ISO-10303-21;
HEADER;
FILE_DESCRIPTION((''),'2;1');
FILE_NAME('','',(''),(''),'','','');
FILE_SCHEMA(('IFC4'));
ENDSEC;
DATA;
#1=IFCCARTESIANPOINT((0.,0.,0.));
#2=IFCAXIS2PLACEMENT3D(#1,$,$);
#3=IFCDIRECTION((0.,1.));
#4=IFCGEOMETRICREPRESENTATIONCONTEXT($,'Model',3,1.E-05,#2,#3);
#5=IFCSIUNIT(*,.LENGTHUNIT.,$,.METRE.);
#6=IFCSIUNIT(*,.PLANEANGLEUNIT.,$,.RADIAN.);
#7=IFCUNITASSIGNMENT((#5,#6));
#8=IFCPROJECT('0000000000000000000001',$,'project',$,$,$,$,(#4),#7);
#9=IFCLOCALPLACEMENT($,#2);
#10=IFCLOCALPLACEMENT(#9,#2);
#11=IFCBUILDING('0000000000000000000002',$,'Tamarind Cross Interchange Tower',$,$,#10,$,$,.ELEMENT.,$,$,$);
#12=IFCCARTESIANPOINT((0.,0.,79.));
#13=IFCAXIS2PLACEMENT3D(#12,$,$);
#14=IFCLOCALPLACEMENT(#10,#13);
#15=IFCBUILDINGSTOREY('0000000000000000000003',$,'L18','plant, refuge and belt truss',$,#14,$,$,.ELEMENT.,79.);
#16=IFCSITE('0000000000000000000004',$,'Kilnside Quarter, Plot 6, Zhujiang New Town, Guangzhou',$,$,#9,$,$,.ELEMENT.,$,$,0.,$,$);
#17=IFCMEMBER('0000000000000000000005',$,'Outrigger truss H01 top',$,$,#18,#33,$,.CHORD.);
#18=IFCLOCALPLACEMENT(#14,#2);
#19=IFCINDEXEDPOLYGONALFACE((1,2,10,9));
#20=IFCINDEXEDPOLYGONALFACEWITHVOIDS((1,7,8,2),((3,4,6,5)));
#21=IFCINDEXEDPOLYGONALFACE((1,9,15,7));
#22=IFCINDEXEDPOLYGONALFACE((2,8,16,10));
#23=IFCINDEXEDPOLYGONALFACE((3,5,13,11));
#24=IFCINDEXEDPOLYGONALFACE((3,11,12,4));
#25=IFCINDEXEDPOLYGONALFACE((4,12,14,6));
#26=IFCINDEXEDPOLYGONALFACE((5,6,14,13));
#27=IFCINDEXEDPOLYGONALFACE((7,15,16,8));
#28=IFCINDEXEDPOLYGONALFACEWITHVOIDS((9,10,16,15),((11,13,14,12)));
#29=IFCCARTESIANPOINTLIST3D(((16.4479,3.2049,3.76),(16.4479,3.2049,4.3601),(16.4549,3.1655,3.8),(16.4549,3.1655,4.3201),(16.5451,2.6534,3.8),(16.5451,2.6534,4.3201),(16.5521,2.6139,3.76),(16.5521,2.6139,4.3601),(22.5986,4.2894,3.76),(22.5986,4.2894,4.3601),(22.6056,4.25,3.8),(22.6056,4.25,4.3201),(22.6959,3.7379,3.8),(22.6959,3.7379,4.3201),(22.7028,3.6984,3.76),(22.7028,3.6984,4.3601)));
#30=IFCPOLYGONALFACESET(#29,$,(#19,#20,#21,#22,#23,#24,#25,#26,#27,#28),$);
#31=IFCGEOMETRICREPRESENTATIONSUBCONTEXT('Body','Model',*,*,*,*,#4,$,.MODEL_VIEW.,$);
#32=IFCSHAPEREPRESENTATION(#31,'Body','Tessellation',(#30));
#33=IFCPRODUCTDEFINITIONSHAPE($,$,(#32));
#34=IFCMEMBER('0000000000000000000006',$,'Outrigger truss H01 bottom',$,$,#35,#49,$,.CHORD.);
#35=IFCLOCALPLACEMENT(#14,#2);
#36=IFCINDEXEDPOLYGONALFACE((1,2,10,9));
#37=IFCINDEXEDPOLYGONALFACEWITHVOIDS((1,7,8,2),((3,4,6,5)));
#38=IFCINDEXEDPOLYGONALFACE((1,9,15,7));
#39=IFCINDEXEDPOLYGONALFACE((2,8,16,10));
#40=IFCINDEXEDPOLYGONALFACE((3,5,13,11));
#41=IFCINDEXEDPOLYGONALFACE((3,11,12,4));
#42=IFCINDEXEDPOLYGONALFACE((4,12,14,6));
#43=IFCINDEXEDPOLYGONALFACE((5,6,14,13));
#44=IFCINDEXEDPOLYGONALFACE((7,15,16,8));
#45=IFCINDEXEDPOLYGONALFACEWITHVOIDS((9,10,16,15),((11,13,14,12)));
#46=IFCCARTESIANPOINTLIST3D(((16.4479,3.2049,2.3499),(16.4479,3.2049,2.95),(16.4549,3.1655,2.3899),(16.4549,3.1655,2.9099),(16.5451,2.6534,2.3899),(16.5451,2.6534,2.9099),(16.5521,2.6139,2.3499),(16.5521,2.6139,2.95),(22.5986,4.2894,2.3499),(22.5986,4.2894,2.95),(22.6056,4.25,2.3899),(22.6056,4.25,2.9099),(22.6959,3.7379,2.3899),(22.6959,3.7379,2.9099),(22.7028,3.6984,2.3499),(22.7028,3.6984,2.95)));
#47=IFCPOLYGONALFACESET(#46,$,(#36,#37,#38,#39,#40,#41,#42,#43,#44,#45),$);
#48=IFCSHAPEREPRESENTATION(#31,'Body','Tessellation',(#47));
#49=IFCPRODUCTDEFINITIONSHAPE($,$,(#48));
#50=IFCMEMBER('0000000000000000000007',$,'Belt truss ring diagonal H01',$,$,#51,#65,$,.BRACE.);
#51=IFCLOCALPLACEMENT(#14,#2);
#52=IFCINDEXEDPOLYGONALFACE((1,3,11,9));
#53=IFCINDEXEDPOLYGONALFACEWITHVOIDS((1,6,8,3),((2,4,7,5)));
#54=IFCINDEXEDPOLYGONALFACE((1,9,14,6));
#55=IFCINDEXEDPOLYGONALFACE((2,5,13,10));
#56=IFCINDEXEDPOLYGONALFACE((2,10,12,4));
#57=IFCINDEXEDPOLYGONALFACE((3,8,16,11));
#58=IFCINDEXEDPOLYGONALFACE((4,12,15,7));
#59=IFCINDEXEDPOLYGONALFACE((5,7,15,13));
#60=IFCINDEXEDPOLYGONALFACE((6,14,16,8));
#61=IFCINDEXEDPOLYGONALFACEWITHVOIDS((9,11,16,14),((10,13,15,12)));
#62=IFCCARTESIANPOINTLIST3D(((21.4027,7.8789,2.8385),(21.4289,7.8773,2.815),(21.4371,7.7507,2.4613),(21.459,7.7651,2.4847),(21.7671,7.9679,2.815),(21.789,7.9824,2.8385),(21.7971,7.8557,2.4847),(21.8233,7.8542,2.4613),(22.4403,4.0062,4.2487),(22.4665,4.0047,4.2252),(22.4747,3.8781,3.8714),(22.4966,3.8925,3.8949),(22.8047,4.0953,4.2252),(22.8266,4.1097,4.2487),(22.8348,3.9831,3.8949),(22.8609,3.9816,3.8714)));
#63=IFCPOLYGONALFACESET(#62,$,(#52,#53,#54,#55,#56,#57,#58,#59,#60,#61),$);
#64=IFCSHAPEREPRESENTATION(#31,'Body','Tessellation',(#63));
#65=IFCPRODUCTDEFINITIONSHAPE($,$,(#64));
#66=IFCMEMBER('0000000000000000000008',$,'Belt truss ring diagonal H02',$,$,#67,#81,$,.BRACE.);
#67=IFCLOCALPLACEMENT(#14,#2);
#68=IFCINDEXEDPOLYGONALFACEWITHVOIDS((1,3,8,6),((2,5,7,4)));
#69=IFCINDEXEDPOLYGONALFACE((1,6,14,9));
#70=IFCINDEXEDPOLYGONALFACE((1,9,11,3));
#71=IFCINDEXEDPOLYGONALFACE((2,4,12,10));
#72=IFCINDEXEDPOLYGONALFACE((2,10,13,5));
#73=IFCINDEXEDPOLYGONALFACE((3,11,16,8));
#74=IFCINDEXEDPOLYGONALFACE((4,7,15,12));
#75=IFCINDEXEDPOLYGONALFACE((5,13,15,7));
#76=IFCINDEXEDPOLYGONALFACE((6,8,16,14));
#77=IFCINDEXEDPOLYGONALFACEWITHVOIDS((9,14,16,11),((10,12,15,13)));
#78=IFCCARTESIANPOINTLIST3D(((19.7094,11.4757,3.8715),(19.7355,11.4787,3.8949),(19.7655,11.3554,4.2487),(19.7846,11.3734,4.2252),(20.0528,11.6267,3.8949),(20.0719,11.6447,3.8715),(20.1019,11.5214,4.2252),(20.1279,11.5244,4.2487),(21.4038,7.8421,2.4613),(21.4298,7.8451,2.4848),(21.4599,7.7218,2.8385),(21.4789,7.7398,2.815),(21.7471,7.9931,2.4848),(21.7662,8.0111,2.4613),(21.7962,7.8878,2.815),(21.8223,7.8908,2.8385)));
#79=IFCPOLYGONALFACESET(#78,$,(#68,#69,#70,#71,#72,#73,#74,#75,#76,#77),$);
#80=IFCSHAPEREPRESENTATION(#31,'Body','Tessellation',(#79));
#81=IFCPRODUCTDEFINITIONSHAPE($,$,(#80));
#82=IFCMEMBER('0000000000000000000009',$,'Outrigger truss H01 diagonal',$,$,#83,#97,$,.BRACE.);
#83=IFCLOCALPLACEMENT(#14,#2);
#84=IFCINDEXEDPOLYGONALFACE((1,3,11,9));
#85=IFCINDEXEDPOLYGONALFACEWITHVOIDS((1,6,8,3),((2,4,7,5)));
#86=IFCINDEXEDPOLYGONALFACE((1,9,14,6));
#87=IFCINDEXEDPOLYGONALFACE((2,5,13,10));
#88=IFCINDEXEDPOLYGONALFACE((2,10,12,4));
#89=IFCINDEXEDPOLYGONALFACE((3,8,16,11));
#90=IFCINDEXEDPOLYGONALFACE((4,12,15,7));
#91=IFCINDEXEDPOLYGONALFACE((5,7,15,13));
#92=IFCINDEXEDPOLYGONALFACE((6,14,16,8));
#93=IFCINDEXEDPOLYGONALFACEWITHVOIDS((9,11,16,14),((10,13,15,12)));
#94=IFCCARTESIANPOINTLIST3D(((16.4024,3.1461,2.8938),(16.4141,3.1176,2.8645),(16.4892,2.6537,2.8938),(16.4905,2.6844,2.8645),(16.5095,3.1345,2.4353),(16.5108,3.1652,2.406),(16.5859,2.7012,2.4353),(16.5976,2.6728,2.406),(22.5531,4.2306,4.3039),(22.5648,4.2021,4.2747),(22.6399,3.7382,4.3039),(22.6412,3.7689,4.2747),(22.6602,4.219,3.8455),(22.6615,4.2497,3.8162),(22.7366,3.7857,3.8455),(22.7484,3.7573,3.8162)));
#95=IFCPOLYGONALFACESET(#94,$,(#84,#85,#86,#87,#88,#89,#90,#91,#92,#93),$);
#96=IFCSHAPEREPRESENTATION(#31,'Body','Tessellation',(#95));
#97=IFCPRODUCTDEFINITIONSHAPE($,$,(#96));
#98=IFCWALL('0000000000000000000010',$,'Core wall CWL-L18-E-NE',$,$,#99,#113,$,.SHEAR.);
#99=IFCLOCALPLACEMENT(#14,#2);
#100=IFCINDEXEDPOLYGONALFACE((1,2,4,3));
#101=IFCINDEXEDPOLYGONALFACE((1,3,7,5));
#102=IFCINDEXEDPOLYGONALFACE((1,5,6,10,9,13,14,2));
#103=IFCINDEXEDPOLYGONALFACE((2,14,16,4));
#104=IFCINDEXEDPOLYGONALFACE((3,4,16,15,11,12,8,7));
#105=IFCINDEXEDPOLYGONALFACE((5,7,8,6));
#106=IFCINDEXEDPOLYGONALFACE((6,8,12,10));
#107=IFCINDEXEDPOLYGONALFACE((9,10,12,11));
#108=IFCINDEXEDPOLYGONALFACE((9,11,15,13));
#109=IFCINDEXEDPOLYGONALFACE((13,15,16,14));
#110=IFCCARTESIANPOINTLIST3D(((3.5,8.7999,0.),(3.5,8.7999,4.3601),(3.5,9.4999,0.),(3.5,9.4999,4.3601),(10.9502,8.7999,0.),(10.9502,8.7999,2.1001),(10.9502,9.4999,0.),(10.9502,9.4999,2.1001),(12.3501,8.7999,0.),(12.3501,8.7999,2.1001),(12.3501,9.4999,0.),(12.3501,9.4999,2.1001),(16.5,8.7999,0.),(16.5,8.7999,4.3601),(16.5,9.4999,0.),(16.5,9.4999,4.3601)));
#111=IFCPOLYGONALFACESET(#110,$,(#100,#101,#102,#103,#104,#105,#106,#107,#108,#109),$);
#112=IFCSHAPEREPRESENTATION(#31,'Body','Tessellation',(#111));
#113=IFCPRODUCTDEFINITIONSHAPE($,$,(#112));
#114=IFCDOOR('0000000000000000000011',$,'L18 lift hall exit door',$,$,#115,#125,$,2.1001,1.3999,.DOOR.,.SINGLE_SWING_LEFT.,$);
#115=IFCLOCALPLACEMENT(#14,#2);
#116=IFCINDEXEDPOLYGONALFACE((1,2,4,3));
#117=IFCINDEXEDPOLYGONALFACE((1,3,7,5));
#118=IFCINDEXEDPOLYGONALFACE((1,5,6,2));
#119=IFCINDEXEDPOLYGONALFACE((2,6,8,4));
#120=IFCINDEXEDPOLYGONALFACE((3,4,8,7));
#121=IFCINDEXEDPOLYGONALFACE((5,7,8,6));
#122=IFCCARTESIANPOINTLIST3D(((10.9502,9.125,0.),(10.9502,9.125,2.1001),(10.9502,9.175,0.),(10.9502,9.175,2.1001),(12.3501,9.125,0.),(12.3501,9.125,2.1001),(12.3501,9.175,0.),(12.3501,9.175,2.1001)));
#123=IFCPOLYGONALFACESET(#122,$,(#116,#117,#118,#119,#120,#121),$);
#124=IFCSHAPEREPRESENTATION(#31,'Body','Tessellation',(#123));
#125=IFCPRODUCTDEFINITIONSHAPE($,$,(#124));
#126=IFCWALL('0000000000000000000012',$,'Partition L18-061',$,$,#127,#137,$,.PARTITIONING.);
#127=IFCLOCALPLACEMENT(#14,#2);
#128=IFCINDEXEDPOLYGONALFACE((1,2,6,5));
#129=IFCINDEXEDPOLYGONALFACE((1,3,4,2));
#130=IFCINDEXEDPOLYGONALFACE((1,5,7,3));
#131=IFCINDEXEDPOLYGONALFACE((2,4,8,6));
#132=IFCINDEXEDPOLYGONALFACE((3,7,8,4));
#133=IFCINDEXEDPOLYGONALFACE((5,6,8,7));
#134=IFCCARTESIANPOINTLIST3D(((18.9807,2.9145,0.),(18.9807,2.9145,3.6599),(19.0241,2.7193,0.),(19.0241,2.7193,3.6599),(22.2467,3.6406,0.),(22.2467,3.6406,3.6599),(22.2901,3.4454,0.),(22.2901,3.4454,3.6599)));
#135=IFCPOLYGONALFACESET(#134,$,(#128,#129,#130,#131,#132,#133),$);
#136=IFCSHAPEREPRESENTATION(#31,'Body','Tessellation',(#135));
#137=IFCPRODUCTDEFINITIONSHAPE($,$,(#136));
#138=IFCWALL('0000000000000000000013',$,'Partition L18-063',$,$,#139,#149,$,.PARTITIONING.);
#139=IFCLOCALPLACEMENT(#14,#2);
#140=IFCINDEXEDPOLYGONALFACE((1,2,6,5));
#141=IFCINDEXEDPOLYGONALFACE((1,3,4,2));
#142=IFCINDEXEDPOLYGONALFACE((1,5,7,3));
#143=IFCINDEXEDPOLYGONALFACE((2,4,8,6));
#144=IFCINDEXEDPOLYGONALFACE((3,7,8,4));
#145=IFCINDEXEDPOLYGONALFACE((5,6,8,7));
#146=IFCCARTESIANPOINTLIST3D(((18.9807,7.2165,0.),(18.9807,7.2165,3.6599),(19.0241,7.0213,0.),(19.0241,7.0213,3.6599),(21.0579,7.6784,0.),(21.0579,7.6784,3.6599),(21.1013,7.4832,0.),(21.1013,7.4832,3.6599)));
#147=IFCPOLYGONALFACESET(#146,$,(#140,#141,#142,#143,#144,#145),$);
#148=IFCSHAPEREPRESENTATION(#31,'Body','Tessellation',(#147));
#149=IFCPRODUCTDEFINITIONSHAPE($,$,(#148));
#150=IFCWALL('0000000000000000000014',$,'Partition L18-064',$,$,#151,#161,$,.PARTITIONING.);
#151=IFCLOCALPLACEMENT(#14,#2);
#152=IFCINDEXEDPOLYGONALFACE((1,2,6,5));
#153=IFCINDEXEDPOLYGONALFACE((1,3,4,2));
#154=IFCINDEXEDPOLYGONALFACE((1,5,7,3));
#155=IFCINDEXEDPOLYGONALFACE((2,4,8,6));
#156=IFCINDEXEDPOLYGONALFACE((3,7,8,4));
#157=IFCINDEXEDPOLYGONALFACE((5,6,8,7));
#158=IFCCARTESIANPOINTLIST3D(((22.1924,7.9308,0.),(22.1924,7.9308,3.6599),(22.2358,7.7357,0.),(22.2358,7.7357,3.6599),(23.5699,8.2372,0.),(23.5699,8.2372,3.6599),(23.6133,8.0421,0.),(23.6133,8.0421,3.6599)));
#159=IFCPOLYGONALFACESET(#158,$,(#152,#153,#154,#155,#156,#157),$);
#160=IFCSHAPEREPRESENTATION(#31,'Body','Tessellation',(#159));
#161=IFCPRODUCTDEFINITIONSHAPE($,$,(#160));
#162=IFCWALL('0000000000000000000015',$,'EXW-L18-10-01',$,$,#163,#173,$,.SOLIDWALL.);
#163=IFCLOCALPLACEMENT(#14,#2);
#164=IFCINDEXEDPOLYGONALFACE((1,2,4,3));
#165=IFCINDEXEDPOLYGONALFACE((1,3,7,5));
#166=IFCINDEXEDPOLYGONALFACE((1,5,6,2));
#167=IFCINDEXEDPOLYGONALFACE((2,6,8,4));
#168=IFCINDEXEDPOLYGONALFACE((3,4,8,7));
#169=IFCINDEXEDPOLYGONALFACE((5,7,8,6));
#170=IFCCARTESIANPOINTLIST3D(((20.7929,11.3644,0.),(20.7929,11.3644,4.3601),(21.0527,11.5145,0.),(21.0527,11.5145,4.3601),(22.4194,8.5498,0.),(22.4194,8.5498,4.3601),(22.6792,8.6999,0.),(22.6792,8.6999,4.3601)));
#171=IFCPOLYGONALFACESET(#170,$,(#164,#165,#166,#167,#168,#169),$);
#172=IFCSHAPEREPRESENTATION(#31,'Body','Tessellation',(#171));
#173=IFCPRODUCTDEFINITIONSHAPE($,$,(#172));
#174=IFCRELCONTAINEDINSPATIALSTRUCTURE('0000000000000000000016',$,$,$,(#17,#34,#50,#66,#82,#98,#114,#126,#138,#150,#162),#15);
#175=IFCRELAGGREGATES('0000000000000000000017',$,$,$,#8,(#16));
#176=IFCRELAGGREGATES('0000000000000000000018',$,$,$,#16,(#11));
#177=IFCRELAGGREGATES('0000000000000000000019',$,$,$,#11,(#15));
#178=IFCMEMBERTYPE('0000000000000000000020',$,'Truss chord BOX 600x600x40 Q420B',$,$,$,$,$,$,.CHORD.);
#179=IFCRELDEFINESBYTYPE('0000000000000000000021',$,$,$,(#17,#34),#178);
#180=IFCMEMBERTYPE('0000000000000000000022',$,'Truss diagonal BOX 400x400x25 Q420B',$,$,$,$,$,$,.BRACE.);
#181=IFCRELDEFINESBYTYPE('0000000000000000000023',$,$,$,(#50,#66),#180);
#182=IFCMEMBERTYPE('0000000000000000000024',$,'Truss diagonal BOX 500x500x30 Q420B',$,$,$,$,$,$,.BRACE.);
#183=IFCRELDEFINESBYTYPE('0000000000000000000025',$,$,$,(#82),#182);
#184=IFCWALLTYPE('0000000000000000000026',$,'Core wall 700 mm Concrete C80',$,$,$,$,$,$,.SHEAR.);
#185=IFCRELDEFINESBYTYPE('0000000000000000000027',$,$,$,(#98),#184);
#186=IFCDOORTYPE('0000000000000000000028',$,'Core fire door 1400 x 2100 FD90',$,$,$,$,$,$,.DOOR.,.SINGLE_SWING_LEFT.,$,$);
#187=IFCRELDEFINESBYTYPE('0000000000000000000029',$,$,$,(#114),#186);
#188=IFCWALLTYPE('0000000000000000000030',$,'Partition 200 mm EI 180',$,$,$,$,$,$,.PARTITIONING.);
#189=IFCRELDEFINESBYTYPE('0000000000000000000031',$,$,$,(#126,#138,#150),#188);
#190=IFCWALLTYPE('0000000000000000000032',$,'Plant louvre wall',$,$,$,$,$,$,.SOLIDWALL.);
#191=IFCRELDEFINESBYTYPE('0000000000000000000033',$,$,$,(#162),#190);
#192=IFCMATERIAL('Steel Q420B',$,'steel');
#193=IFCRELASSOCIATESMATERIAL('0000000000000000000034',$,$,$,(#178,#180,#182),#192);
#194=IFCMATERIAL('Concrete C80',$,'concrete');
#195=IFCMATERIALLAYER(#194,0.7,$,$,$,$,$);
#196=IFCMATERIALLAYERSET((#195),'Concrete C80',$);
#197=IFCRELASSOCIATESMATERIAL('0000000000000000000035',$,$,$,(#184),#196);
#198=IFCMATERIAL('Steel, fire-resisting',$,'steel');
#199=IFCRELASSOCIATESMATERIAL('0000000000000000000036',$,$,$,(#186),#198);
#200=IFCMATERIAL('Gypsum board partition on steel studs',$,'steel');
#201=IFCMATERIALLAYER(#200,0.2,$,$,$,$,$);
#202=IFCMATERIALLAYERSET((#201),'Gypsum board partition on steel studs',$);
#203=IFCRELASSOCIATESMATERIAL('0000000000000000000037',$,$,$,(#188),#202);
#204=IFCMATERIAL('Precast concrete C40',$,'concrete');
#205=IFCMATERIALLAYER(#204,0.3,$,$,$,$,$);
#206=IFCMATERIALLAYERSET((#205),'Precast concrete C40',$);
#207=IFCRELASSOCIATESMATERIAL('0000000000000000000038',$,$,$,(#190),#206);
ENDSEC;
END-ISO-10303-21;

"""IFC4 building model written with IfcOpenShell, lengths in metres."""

from ifc_helpers import new_model, si_unit, direction, frame, frame_2d, origin, origin_2d, place, context, subcontext, project, spatial, rectangle, hollow_rectangle, extrude, material, layer, layer_set, material_profile, profile_set, type_object, element, fill, save


model = new_model("IFC4")

# Units and contexts
model_context = context("Model", 3, precision=1e-05, world=origin(), true_north=direction((0.0, 1.0)))
body_context = subcontext(model_context, "Body", "Model", "MODEL_VIEW")
ifc_project = project(units=[si_unit("LENGTHUNIT", "METRE"), si_unit("PLANEANGLEUNIT", "RADIAN")], contexts=[model_context])

# Site, building, storey
site_placement = place(None, origin())
site = spatial("IfcSite", under=ifc_project, at=site_placement, Name="Kilnside Quarter, Plot 6, Zhujiang New Town, Guangzhou", CompositionType="ELEMENT", RefElevation=0.0)
building_placement = place(site_placement, origin())
building = spatial("IfcBuilding", under=site, at=building_placement, Name="Tamarind Cross Interchange Tower", CompositionType="ELEMENT")
storey_placement = place(building_placement, frame((0.0, 0.0, 79.0)))
storey = spatial("IfcBuildingStorey", under=building, at=storey_placement, Name="L18", Description="plant, refuge and belt truss", CompositionType="ELEMENT", Elevation=79.0)

# Members
ifc_material_1 = material(Name="Steel Q420B", Category="steel")
ifc_material_profile_1 = material_profile(ifc_material_1, hollow_rectangle(XDim=0.6001, YDim=0.6001, WallThickness=0.04, at=origin_2d()), Name="BOX 600x600x40")
ifc_profile_set_1 = profile_set([ifc_material_profile_1], Name="Steel Q420B")
member_type_1 = type_object("IfcMemberType", Name="Truss chord BOX 600x600x40 Q420B", PredefinedType="CHORD", material=ifc_profile_set_1)
for number, where, z_axis, x_axis, name in (
    (1, (16.5, 2.9094, 4.0601), (0.984809, 0.17364, 0.0), (-0.17364, 0.984809, 0.0), "Outrigger truss H01 top"),
    (2, (16.5, 2.9094, 2.6499), (0.984809, 0.17364, 0.0), (-0.17364, 0.984809, 0.0), "Outrigger truss H01 bottom"),
):
    element("IfcMember", number, at=place(storey_placement, frame(where, z_axis=z_axis, x_axis=x_axis)), inside=storey, type_object=member_type_1, Name=name, PredefinedType="CHORD", context=body_context, shape_type="SweptSolid", body=[
        extrude(hollow_rectangle(XDim=0.6001, YDim=0.6001, WallThickness=0.04, at=origin_2d()), origin(), (0.0, 0.0, 1.0), 6.2456),
    ])
ifc_material_profile_2 = material_profile(ifc_material_1, hollow_rectangle(XDim=0.3999, YDim=0.3999, WallThickness=0.0249, at=origin_2d()), Name="BOX 400x400x25")
ifc_profile_set_2 = profile_set([ifc_material_profile_2], Name="Steel Q420B")
member_type_2 = type_object("IfcMemberType", Name="Truss diagonal BOX 400x400x25 Q420B", PredefinedType="BRACE", material=ifc_profile_set_2)
for number, where, z_axis, x_axis, name in (
    (3, (22.6506, 3.9939, 4.0601), (-0.244145, 0.911206, -0.331807), (-0.965929, -0.258807, 0.0), "Belt truss ring diagonal H01"),
    (4, (21.613, 7.8665, 2.6499), (-0.398673, 0.854964, 0.331806), (-0.906309, -0.422615, 0.0), "Belt truss ring diagonal H02"),
):
    element("IfcMember", number, at=place(storey_placement, frame(where, z_axis=z_axis, x_axis=x_axis)), inside=storey, type_object=member_type_2, Name=name, PredefinedType="BRACE", context=body_context, shape_type="SweptSolid", body=[
        extrude(hollow_rectangle(XDim=0.3999, YDim=0.3999, WallThickness=0.0249, at=origin_2d()), origin(), (0.0, 0.0, 1.0), 4.25),
    ])
ifc_material_profile_3 = material_profile(ifc_material_1, hollow_rectangle(XDim=0.5, YDim=0.5, WallThickness=0.03, at=origin_2d()), Name="BOX 500x500x30")
ifc_profile_set_3 = profile_set([ifc_material_profile_3], Name="Steel Q420B")
member_type_3 = type_object("IfcMemberType", Name="Truss diagonal BOX 500x500x30 Q420B", PredefinedType="BRACE", material=ifc_profile_set_3)
member_placement = place(storey_placement, frame((16.5, 2.9094, 2.6499), z_axis=(0.960627, 0.169377, 0.220243), x_axis=(-0.17364, 0.984809, 0.0)))
element("IfcMember", 5, at=member_placement, inside=storey, type_object=member_type_3, Name="Outrigger truss H01 diagonal", PredefinedType="BRACE", context=body_context, shape_type="SweptSolid", body=[
    extrude(hollow_rectangle(XDim=0.5, YDim=0.5, WallThickness=0.03, at=origin_2d()), origin(), (0.0, 0.0, 1.0), 6.4028),
])

# Wall, opening, door
ifc_material_2 = material(Name="Concrete C80", Category="concrete")
ifc_layer_1 = layer(ifc_material_2, 0.7)
ifc_layer_set_1 = layer_set([ifc_layer_1], Name="Concrete C80")
wall_type_1 = type_object("IfcWallType", Name="Core wall 700 mm Concrete C80", PredefinedType="SHEAR", material=ifc_layer_set_1)
wall_1_placement = place(storey_placement, frame((16.5, 9.1499, 0.0), z_axis=(0.0, 0.0, 1.0), x_axis=(-1.0, 0.0, 0.0)))
wall_1 = element("IfcWall", 6, at=wall_1_placement, inside=storey, type_object=wall_type_1, Name="Core wall CWL-L18-E-NE", PredefinedType="SHEAR", context=body_context, shape_type="SweptSolid", body=[
    extrude(rectangle(XDim=13.0, YDim=0.7, at=frame_2d((6.5, 0.0))), origin(), (0.0, 0.0, 1.0), 4.3601),
])
opening_placement = place(wall_1_placement, frame((4.1499, 0.0, 0.0)))
opening = element("IfcOpeningElement", 7, at=opening_placement, cuts=wall_1, PredefinedType="OPENING", context=body_context, shape_type="SweptSolid", body=[
    extrude(rectangle(XDim=1.3999, YDim=2.1001, at=frame_2d((0.7, 1.05))), frame((0.0, 0.3599, 0.0), z_axis=(0.0, -1.0, 0.0), x_axis=(1.0, 0.0, 0.0)), (0.0, 0.0, 1.0), 0.72),
])
ifc_material_3 = material(Name="Steel, fire-resisting", Category="steel")
door_type = type_object("IfcDoorType", Name="Core fire door 1400 x 2100 FD90", OperationType="SINGLE_SWING_LEFT", PredefinedType="DOOR", material=ifc_material_3)
door_placement = place(opening_placement, origin())
door = element("IfcDoor", 8, at=door_placement, inside=storey, type_object=door_type, Name="L18 lift hall exit door", OperationType="SINGLE_SWING_LEFT", OverallHeight=2.1001, OverallWidth=1.3999, PredefinedType="DOOR", context=body_context, shape_type="SweptSolid", body=[
    extrude(rectangle(XDim=1.3999, YDim=2.1001, at=frame_2d((0.7, 1.05))), frame((0.0, 0.0249, 0.0), z_axis=(0.0, -1.0, 0.0), x_axis=(1.0, 0.0, 0.0)), (0.0, 0.0, 1.0), 0.05),
])
fill(opening, door)

# Walls
ifc_material_4 = material(Name="Gypsum board partition on steel studs", Category="steel")
ifc_layer_2 = layer(ifc_material_4, 0.2)
ifc_layer_set_2 = layer_set([ifc_layer_2], Name="Gypsum board partition on steel studs")
wall_type_2 = type_object("IfcWallType", Name="Partition 200 mm EI 180", PredefinedType="PARTITIONING", material=ifc_layer_set_2)
wall_2_placement = place(storey_placement, frame((19.0024, 2.8169, 0.0), z_axis=(0.0, 0.0, 1.0), x_axis=(0.976166, 0.217023, 0.0)))
element("IfcWall", 9, at=wall_2_placement, inside=storey, type_object=wall_type_2, Name="Partition L18-061", PredefinedType="PARTITIONING", context=body_context, shape_type="SweptSolid", body=[
    extrude(rectangle(XDim=3.3457, YDim=0.2, at=frame_2d((1.6729, 0.0))), origin(), (0.0, 0.0, 1.0), 3.6599),
])
wall_3_placement = place(storey_placement, frame((19.0024, 7.1189, 0.0), z_axis=(0.0, 0.0, 1.0), x_axis=(0.976155, 0.217076, 0.0)))
element("IfcWall", 10, at=wall_3_placement, inside=storey, type_object=wall_type_2, Name="Partition L18-063", PredefinedType="PARTITIONING", context=body_context, shape_type="SweptSolid", body=[
    extrude(rectangle(XDim=2.1279, YDim=0.2, at=frame_2d((1.064, 0.0))), origin(), (0.0, 0.0, 1.0), 3.6599),
])
wall_4_placement = place(storey_placement, frame((22.2141, 7.8333, 0.0), z_axis=(0.0, 0.0, 1.0), x_axis=(0.976142, 0.217132, 0.0)))
element("IfcWall", 11, at=wall_4_placement, inside=storey, type_object=wall_type_2, Name="Partition L18-064", PredefinedType="PARTITIONING", context=body_context, shape_type="SweptSolid", body=[
    extrude(rectangle(XDim=1.4111, YDim=0.2, at=frame_2d((0.7056, 0.0))), origin(), (0.0, 0.0, 1.0), 3.6599),
])
ifc_material_5 = material(Name="Precast concrete C40", Category="concrete")
ifc_layer_3 = layer(ifc_material_5, 0.3)
ifc_layer_set_3 = layer_set([ifc_layer_3], Name="Precast concrete C40")
wall_type_3 = type_object("IfcWallType", Name="Plant louvre wall", PredefinedType="SOLIDWALL", material=ifc_layer_set_3)
wall_5_placement = place(storey_placement, frame((22.5493, 8.6248, 0.0), z_axis=(0.0, 0.0, 1.0), x_axis=(-0.500323, 0.865839, 0.0)))
element("IfcWall", 12, at=wall_5_placement, inside=storey, type_object=wall_type_3, Name="EXW-L18-10-01", PredefinedType="SOLIDWALL", context=body_context, shape_type="SweptSolid", body=[
    extrude(rectangle(XDim=3.2507, YDim=0.3, at=frame_2d((1.6255, 0.0))), origin(), (0.0, 0.0, 1.0), 4.3601),
])

save(model, "model.ifc")
